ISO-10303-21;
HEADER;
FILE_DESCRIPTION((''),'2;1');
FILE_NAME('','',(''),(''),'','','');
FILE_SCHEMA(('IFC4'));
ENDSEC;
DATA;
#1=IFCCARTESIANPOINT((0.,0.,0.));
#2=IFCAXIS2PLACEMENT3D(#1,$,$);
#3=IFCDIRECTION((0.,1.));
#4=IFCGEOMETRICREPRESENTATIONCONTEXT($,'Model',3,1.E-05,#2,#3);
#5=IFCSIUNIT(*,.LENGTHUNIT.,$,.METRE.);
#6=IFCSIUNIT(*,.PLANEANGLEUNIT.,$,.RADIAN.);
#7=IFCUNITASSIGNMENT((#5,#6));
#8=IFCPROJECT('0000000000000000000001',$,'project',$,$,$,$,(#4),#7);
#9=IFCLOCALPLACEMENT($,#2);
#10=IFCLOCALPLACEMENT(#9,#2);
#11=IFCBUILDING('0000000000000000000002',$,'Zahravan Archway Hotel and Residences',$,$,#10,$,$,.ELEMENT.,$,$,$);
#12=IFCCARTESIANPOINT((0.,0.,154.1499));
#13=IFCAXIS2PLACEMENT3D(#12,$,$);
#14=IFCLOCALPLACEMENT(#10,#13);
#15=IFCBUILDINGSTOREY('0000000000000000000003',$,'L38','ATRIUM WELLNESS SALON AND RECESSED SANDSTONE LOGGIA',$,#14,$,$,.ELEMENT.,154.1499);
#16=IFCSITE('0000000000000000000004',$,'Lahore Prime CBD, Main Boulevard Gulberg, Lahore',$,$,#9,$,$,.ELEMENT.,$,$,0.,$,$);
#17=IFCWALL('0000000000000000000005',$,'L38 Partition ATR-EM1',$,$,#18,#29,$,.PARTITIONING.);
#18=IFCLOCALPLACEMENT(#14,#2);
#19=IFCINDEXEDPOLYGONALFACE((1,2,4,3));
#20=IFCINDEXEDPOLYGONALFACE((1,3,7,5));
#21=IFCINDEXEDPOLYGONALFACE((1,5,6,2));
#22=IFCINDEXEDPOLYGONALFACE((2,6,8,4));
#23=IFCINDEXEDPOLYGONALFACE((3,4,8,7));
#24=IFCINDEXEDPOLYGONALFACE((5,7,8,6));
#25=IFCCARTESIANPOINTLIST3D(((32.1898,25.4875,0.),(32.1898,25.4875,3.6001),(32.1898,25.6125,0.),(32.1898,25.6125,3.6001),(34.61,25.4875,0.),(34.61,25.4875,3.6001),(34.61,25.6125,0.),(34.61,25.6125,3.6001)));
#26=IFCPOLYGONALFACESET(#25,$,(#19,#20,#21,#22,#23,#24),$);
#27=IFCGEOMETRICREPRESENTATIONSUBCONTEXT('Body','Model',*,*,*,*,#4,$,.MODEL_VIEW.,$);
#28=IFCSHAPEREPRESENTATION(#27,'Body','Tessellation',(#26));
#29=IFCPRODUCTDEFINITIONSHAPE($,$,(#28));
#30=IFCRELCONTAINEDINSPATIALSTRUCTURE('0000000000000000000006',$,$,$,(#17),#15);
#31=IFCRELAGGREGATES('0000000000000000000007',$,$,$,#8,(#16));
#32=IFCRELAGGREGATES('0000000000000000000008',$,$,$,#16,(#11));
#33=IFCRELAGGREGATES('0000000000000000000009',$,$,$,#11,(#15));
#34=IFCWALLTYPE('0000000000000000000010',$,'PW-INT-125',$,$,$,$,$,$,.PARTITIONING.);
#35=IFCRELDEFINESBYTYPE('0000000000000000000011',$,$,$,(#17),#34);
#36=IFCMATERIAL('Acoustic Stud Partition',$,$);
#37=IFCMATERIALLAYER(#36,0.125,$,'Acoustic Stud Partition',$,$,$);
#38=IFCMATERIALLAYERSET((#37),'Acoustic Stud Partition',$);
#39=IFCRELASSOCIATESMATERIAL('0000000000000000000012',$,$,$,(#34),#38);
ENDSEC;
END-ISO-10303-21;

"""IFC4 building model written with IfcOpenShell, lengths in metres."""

from ifc_helpers import new_model, si_unit, direction, frame, frame_2d, origin, place, context, subcontext, project, spatial, rectangle, extrude, material, layer, layer_set, type_object, element, save


model = new_model("IFC4")

# Units and contexts
model_context = context("Model", 3, precision=1e-05, world=origin(), true_north=direction((0.0, 1.0)))
body_context = subcontext(model_context, "Body", "Model", "MODEL_VIEW")
ifc_project = project(units=[si_unit("LENGTHUNIT", "METRE"), si_unit("PLANEANGLEUNIT", "RADIAN")], contexts=[model_context])

# Site, building, storey
site_placement = place(None, origin())
site = spatial("IfcSite", under=ifc_project, at=site_placement, Name="Lahore Prime CBD, Main Boulevard Gulberg, Lahore", CompositionType="ELEMENT", RefElevation=0.0)
building_placement = place(site_placement, origin())
building = spatial("IfcBuilding", under=site, at=building_placement, Name="Zahravan Archway Hotel and Residences", CompositionType="ELEMENT")
storey_placement = place(building_placement, frame((0.0, 0.0, 154.1499)))
storey = spatial("IfcBuildingStorey", under=building, at=storey_placement, Name="L38", Description="ATRIUM WELLNESS SALON AND RECESSED SANDSTONE LOGGIA", CompositionType="ELEMENT", Elevation=154.1499)

# Wall
ifc_material_1 = material(Name="Acoustic Stud Partition")
ifc_layer_1 = layer(ifc_material_1, 0.125, Name="Acoustic Stud Partition")
ifc_layer_set_1 = layer_set([ifc_layer_1], Name="Acoustic Stud Partition")
wall_type = type_object("IfcWallType", Name="PW-INT-125", PredefinedType="PARTITIONING", material=ifc_layer_set_1)
wall_placement = place(storey_placement, frame((32.1899, 25.55, 0.0), z_axis=(0.0, 0.0, 1.0), x_axis=(1.0, 0.0, 0.0)))
element("IfcWall", 1, at=wall_placement, inside=storey, type_object=wall_type, Name="L38 Partition ATR-EM1", PredefinedType="PARTITIONING", context=body_context, shape_type="SweptSolid", body=[
    extrude(rectangle(XDim=2.4202, YDim=0.125, at=frame_2d((1.21, 0.0))), origin(), (0.0, 0.0, 1.0), 3.6001),
])

save(model, "model.ifc")
